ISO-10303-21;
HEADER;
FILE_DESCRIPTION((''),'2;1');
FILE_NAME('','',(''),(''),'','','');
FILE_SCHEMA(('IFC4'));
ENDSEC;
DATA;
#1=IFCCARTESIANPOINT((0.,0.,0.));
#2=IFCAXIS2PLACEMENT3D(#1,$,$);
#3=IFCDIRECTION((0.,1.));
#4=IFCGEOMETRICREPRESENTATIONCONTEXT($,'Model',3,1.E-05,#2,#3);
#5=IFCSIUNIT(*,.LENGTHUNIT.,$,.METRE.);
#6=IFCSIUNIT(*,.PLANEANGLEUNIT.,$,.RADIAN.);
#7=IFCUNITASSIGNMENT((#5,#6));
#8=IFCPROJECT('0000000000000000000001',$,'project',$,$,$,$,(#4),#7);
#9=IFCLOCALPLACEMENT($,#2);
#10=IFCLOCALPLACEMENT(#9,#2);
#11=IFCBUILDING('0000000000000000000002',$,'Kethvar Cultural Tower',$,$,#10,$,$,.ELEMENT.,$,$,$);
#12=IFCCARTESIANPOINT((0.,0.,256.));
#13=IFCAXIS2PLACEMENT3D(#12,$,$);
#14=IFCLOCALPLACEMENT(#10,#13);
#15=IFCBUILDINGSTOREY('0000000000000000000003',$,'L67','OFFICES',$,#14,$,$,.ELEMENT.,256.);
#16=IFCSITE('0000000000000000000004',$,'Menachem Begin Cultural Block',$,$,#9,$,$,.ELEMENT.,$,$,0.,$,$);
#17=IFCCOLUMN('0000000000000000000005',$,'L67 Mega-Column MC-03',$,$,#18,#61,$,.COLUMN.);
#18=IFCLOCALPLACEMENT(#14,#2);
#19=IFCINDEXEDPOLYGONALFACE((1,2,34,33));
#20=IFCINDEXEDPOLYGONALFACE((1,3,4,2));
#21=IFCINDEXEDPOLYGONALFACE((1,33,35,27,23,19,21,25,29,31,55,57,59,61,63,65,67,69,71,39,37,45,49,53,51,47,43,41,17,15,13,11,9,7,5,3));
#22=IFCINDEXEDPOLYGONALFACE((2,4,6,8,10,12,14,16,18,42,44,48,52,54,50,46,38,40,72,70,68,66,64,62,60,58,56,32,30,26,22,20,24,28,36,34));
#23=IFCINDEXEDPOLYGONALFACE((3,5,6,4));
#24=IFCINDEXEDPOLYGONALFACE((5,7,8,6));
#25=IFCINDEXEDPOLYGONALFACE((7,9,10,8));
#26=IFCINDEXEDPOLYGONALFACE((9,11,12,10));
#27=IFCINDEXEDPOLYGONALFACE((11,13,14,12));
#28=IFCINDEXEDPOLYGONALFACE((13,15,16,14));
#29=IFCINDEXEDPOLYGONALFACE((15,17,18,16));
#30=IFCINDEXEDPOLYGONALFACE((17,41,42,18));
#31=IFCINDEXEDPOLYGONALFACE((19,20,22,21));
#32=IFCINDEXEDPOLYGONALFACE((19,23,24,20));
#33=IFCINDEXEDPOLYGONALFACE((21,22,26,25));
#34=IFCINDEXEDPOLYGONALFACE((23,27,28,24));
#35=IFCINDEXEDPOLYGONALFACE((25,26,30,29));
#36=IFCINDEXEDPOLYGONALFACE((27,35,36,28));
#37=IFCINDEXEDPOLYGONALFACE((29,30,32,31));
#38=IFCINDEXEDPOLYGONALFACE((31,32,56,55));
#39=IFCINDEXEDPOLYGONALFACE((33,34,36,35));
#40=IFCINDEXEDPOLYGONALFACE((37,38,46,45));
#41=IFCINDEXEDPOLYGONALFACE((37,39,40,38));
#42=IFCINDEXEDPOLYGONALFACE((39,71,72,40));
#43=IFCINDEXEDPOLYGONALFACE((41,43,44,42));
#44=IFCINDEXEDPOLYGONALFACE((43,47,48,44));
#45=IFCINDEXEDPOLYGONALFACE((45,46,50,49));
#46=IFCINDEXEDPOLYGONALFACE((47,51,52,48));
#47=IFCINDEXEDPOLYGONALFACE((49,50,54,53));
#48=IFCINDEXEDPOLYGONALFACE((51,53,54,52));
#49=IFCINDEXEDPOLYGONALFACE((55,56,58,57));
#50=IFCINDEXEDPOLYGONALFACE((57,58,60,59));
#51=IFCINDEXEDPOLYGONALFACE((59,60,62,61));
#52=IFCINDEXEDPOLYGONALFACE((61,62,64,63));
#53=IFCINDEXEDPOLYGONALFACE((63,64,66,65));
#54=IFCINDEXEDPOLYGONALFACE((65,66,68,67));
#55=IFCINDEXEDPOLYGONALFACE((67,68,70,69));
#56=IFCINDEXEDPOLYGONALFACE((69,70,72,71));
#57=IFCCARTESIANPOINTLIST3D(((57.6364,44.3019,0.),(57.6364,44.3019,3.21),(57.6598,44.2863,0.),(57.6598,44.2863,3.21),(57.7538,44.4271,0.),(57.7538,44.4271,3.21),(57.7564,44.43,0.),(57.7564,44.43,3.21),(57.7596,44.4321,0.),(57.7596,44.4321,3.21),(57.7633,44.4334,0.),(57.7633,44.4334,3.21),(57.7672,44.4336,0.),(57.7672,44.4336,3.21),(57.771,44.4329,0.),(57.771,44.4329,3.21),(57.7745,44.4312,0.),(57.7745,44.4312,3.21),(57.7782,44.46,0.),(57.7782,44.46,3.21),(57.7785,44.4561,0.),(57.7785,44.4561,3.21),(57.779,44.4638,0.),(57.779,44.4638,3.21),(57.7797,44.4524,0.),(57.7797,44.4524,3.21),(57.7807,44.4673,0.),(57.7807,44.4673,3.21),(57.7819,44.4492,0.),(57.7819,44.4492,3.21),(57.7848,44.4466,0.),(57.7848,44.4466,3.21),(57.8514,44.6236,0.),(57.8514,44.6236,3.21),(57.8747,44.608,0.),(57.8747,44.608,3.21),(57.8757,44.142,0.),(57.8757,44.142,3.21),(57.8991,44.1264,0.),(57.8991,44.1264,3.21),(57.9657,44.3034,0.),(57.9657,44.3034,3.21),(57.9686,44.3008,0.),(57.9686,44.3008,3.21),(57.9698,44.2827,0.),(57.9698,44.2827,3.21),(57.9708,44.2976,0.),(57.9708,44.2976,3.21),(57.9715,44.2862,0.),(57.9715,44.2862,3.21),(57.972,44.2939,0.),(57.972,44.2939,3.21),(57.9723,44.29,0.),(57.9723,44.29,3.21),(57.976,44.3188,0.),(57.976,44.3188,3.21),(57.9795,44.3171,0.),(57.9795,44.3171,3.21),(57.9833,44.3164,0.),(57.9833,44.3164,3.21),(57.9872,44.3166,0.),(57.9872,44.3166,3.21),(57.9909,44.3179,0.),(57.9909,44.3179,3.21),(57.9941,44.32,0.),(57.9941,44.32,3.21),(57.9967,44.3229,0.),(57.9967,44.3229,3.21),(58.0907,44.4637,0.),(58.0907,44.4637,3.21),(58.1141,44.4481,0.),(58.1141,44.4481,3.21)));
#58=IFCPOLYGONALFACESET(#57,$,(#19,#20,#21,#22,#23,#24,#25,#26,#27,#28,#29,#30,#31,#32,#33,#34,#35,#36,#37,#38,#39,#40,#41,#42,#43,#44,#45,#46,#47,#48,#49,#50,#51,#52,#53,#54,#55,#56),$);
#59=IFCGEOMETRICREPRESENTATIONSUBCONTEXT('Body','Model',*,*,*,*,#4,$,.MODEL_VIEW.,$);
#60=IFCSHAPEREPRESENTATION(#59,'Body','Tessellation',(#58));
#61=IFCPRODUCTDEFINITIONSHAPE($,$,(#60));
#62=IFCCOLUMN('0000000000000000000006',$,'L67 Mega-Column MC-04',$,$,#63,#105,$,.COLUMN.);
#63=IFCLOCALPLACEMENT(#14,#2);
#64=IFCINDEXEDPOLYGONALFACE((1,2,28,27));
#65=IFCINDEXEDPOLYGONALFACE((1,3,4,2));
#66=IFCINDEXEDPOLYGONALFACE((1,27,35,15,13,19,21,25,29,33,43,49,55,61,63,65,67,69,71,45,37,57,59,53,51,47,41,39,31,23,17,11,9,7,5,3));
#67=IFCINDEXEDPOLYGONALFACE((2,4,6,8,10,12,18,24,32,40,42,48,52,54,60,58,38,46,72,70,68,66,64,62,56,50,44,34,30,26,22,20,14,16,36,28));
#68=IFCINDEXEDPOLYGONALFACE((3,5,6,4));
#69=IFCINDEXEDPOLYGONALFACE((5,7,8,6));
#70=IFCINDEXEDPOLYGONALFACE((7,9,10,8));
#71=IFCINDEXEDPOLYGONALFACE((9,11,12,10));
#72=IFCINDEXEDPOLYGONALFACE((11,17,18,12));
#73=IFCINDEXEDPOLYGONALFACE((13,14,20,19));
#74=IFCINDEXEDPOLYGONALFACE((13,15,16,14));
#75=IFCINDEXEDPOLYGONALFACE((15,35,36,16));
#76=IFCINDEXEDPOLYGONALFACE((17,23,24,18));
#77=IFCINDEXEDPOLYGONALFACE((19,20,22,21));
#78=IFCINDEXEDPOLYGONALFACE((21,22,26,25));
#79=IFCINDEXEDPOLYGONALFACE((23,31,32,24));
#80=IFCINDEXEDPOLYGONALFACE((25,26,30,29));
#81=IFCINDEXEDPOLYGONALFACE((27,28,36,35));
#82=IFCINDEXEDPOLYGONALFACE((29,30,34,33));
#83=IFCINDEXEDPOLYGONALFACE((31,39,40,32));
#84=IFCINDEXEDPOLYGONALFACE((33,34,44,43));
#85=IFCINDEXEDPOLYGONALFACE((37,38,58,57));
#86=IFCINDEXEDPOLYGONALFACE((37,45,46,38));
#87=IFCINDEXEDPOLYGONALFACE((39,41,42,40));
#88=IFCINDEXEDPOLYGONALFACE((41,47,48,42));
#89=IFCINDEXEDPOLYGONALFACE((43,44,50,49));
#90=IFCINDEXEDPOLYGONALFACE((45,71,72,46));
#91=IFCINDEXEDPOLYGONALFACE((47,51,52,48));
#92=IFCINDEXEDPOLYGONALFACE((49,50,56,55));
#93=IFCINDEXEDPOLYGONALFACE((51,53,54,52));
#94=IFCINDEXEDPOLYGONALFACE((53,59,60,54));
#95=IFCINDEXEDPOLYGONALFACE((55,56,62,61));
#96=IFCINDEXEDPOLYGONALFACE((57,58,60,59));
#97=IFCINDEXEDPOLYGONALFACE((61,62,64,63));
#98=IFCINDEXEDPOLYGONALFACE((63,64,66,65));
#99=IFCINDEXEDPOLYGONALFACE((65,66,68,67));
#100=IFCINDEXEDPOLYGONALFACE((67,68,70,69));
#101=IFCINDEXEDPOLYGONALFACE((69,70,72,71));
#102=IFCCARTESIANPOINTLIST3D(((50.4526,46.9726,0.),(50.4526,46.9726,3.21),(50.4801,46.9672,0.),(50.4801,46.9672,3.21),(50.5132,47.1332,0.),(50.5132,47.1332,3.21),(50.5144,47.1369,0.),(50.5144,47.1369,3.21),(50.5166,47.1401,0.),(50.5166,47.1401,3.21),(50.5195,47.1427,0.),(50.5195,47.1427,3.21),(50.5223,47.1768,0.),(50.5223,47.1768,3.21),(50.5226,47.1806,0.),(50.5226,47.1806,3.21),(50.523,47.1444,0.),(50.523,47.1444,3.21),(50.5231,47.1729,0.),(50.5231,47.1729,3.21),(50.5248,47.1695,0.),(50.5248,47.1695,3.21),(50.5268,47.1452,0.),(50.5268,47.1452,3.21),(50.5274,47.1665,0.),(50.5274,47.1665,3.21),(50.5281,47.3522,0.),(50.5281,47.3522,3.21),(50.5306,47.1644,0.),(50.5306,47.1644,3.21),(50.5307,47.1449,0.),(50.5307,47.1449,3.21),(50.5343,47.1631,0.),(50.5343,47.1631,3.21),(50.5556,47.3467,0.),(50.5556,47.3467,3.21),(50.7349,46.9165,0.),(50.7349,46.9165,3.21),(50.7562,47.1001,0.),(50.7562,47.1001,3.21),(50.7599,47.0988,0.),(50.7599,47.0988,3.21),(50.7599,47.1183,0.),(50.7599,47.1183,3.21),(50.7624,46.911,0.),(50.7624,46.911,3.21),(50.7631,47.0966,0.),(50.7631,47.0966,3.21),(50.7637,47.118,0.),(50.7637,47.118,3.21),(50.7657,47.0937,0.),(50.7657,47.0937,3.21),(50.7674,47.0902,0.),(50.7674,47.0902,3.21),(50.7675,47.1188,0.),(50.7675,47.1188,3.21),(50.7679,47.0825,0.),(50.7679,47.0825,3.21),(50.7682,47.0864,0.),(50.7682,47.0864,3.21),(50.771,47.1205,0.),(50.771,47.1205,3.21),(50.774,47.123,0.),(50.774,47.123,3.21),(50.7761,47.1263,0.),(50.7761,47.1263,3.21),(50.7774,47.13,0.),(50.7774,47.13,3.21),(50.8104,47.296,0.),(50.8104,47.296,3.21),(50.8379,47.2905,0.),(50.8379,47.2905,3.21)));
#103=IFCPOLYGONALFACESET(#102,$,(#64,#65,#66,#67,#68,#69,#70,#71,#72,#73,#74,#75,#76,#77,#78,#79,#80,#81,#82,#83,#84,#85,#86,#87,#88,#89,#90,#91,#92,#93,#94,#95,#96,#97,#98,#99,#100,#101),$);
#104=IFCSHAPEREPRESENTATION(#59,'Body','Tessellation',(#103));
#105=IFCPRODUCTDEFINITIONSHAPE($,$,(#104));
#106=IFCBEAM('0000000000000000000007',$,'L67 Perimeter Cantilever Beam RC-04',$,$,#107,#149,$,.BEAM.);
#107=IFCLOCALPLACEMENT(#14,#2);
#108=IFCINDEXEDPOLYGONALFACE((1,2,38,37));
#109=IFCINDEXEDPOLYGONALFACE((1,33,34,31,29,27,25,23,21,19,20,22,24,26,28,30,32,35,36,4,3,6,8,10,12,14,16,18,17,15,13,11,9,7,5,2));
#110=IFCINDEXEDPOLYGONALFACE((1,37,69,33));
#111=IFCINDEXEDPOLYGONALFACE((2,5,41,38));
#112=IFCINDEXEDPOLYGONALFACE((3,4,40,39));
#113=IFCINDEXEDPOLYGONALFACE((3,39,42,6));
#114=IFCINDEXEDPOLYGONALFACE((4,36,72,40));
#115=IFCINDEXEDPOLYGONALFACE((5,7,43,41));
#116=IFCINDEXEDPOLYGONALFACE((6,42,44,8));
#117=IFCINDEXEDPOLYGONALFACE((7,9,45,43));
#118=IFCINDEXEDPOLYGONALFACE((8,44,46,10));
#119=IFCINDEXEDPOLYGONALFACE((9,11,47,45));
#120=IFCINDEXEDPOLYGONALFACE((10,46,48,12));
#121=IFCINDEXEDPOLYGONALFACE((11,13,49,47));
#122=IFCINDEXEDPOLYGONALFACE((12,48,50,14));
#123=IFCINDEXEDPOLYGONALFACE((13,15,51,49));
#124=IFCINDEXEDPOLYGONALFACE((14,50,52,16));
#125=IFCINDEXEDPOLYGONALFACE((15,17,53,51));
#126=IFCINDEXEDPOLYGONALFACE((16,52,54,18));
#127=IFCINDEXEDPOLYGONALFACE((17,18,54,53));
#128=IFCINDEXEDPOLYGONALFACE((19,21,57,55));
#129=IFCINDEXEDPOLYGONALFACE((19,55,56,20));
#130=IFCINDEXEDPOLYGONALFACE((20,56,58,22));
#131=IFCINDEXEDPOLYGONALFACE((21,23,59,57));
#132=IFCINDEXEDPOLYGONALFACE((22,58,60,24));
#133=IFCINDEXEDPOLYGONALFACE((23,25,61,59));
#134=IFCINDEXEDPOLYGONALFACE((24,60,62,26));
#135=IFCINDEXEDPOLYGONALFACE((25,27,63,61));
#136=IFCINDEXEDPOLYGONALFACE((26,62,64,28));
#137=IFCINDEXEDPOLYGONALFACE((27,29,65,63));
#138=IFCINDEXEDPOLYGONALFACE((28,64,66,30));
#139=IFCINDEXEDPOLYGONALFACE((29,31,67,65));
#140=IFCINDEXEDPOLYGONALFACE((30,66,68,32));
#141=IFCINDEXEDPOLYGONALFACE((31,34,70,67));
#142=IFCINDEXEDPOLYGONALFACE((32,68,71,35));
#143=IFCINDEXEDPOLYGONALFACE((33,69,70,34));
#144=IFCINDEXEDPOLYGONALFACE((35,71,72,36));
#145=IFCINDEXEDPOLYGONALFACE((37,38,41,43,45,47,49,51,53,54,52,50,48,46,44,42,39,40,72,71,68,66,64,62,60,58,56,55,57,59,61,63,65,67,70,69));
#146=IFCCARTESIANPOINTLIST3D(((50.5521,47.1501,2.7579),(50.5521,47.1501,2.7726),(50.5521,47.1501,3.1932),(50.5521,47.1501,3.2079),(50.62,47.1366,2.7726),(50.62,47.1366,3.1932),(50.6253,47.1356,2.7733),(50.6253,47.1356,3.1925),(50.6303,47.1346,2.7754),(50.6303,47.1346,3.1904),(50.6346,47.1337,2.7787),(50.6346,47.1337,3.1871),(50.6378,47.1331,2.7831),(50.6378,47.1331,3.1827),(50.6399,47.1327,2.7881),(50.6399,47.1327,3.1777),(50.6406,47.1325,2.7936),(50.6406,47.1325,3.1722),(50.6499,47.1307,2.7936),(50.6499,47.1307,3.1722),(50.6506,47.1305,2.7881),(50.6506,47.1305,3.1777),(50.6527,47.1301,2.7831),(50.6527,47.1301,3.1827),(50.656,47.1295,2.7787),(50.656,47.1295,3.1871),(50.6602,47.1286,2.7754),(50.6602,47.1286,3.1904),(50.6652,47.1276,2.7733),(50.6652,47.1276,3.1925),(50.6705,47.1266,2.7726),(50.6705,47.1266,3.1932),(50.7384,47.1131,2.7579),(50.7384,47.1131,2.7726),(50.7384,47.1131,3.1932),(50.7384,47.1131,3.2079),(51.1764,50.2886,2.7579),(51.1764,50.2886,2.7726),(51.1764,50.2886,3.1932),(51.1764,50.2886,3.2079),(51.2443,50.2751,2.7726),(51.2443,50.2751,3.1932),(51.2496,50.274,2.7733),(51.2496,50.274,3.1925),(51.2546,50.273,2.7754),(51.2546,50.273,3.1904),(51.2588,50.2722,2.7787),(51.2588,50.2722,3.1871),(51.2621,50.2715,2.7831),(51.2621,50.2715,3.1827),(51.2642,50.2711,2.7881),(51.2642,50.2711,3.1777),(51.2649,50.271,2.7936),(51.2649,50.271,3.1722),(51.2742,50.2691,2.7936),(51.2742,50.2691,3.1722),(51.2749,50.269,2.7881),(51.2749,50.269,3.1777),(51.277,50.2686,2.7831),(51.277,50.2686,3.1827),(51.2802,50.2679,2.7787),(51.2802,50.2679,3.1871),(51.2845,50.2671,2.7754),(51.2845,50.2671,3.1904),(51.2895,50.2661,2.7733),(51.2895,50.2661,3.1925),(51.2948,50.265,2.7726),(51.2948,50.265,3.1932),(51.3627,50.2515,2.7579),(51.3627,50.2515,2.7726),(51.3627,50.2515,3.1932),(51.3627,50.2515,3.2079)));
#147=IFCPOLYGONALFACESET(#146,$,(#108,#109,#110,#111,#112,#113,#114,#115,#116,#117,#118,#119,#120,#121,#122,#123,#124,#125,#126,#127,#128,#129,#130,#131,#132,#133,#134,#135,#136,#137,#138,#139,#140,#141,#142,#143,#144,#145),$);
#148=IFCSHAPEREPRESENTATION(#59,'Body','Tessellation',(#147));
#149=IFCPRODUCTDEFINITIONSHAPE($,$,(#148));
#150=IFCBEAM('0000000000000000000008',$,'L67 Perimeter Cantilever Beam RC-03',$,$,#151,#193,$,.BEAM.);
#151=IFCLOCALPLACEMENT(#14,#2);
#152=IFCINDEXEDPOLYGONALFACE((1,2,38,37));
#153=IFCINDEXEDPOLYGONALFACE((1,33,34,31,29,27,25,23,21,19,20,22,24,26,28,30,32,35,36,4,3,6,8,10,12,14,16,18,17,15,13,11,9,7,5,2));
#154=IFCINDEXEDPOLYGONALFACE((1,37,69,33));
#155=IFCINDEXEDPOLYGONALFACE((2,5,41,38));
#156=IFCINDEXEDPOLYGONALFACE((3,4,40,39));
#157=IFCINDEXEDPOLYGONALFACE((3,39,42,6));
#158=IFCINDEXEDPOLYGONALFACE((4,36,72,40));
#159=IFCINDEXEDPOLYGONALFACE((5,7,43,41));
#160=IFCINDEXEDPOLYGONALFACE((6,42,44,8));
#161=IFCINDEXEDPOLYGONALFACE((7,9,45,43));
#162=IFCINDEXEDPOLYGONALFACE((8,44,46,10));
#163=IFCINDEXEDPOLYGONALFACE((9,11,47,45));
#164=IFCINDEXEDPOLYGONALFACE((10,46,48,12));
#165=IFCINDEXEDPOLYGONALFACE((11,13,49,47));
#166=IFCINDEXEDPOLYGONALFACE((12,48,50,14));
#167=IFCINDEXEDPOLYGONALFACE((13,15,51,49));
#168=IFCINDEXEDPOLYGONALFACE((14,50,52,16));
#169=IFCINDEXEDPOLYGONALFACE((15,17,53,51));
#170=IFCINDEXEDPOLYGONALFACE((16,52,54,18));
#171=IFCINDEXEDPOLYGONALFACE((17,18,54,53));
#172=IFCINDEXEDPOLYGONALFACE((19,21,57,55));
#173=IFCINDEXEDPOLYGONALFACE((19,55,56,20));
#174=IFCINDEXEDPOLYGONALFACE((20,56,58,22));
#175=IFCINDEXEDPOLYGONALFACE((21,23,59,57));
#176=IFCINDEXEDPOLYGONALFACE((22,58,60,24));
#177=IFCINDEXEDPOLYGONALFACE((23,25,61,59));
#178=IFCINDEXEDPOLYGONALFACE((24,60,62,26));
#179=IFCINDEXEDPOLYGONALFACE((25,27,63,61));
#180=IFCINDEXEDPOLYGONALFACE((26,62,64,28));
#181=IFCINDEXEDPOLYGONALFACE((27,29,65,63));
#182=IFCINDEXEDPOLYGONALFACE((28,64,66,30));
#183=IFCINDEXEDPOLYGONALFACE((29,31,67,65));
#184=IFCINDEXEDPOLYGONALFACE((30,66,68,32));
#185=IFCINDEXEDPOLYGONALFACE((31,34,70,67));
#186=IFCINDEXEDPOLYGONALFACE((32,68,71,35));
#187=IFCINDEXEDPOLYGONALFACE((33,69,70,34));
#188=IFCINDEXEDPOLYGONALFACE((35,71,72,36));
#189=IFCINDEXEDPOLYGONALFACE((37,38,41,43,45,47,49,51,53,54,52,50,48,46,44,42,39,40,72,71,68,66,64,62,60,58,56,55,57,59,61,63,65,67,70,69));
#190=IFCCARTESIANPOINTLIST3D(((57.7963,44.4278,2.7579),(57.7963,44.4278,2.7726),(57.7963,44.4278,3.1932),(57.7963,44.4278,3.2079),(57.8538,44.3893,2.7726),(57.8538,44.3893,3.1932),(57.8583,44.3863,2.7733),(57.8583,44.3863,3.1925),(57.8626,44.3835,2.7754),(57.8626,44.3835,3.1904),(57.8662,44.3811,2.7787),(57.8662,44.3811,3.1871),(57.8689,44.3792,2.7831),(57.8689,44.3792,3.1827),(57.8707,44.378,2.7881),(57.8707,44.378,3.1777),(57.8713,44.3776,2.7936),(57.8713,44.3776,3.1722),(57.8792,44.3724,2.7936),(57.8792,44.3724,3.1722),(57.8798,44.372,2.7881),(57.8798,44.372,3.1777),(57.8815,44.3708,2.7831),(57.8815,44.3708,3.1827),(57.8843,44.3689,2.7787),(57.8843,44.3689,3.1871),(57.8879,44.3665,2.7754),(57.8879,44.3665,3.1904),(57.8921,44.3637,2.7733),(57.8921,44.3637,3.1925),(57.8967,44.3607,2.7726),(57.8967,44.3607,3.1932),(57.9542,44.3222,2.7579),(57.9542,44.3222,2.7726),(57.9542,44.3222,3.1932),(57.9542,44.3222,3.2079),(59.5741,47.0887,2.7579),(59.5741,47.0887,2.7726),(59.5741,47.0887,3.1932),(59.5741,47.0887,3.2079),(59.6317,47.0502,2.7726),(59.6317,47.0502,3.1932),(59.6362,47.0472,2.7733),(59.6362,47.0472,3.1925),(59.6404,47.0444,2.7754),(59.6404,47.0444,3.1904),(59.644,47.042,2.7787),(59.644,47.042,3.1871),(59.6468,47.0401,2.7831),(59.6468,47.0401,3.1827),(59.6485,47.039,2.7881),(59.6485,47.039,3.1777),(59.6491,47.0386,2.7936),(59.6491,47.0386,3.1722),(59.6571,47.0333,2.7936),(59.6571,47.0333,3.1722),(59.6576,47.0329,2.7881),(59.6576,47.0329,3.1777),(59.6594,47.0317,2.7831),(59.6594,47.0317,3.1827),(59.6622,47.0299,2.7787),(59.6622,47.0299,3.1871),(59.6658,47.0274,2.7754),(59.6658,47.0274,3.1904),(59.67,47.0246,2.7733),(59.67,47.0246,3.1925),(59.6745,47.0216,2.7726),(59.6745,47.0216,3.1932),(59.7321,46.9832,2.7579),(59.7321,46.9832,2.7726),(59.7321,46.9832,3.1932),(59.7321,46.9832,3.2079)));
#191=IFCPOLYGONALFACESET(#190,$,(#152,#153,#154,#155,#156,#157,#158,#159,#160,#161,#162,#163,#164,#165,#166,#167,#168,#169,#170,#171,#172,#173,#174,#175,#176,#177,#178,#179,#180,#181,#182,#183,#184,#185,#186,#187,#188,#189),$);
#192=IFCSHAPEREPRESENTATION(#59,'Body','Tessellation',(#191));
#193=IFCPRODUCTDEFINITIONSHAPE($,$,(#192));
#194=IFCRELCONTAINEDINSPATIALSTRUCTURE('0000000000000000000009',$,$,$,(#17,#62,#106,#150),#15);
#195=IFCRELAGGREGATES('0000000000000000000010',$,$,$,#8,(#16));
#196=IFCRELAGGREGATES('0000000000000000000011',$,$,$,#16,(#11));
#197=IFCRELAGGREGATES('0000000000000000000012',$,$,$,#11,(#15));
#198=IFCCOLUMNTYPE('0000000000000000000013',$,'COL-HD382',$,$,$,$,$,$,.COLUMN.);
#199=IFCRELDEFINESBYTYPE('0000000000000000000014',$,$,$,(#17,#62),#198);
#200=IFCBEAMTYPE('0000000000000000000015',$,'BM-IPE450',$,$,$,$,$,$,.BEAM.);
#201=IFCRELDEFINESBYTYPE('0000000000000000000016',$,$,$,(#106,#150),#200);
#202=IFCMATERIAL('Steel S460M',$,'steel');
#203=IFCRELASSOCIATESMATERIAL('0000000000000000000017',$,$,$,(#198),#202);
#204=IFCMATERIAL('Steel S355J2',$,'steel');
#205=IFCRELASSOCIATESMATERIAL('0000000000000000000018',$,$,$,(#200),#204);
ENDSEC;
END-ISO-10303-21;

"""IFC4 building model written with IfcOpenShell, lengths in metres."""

from ifc_helpers import new_model, si_unit, direction, frame, origin, origin_2d, place, context, subcontext, project, spatial, i_section, extrude, source, transform, mapped, material, material_profile, profile_set, type_object, element, save


model = new_model("IFC4")

# Units and contexts
model_context = context("Model", 3, precision=1e-05, world=origin(), true_north=direction((0.0, 1.0)))
body_context = subcontext(model_context, "Body", "Model", "MODEL_VIEW")
ifc_project = project(units=[si_unit("LENGTHUNIT", "METRE"), si_unit("PLANEANGLEUNIT", "RADIAN")], contexts=[model_context])

# Site, building, storey
site_placement = place(None, origin())
site = spatial("IfcSite", under=ifc_project, at=site_placement, Name="Menachem Begin Cultural Block", CompositionType="ELEMENT", RefElevation=0.0)
building_placement = place(site_placement, origin())
building = spatial("IfcBuilding", under=site, at=building_placement, Name="Kethvar Cultural Tower", CompositionType="ELEMENT")
storey_placement = place(building_placement, frame((0.0, 0.0, 256.0)))
storey = spatial("IfcBuildingStorey", under=building, at=storey_placement, Name="L67", Description="OFFICES", CompositionType="ELEMENT", Elevation=256.0)

# Columns
ifc_material_1 = material(Name="Steel S460M", Category="steel")
ifc_material_profile_1 = material_profile(ifc_material_1, i_section(OverallWidth=0.387, OverallDepth=0.3159, WebThickness=0.0186, FlangeThickness=0.0281, FilletRadius=0.0149, at=origin_2d()), Name="Steel S460M — HD400x382")
ifc_profile_set_1 = profile_set([ifc_material_profile_1], Name="Steel S460M — HD400x382")
column_type = type_object("IfcColumnType", Name="COL-HD382", PredefinedType="COLUMN", material=ifc_profile_set_1)
shared_shape_1 = source(origin(), body_context, "Body", "SweptSolid", [
    extrude(i_section(OverallWidth=0.387, OverallDepth=0.3159, WebThickness=0.0186, FlangeThickness=0.0281, FilletRadius=0.0149, at=origin_2d()), origin(), (0.0, 0.0, 1.0), 3.21),
])
for number, where, z_axis, x_axis, name in (
    (1, (57.8752, 44.375, 0.0), (0.0, 0.0, 1.0), (0.55557, 0.83147, 0.0), "L67 Mega-Column MC-03"),
    (2, (50.6453, 47.1316, 0.0), (0.0, 0.0, 1.0), (0.19509, 0.980785, 0.0), "L67 Mega-Column MC-04"),
):
    element("IfcColumn", number, at=place(storey_placement, frame(where, z_axis=z_axis, x_axis=x_axis)), inside=storey, type_object=column_type, Name=name, PredefinedType="COLUMN", context=body_context, shape_type="MappedRepresentation", body=[
        mapped(shared_shape_1, transform((0.0, 0.0, 0.0), scale=1.0)),
    ])

# Beams
ifc_material_2 = material(Name="Steel S355J2", Category="steel")
ifc_material_profile_2 = material_profile(ifc_material_2, i_section(OverallWidth=0.1899, OverallDepth=0.45, WebThickness=0.0095, FlangeThickness=0.0146, FilletRadius=0.021, at=origin_2d()), Name="Steel S355J2 — IPE450")
ifc_profile_set_2 = profile_set([ifc_material_profile_2], Name="Steel S355J2 — IPE450")
beam_type_1 = type_object("IfcBeamType", Name="BM-IPE450", PredefinedType="BEAM", material=ifc_profile_set_2)
shared_shape_2 = source(origin(), body_context, "Body", "SweptSolid", [
    extrude(i_section(OverallWidth=0.1899, OverallDepth=0.45, WebThickness=0.0095, FlangeThickness=0.0146, FilletRadius=0.021, at=origin_2d()), origin(), (0.0, 0.0, 1.0), 3.2),
])
beam_1_placement = place(storey_placement, frame((50.6453, 47.1316, 2.9829), z_axis=(0.195089, 0.980786, 0.0), x_axis=(-0.980786, 0.195089, 0.0)))
element("IfcBeam", 3, at=beam_1_placement, inside=storey, type_object=beam_type_1, Name="L67 Perimeter Cantilever Beam RC-04", PredefinedType="BEAM", context=body_context, shape_type="MappedRepresentation", body=[
    mapped(shared_shape_2, transform((0.0, 0.0, 0.0), scale=1.0)),
])
shared_shape_3 = source(origin(), body_context, "Body", "SweptSolid", [
    extrude(i_section(OverallWidth=0.1899, OverallDepth=0.45, WebThickness=0.0095, FlangeThickness=0.0146, FilletRadius=0.021, at=origin_2d()), origin(), (0.0, 0.0, 1.0), 3.2002),
])
beam_2_placement = place(storey_placement, frame((57.8752, 44.375, 2.9829), z_axis=(0.555545, 0.831486, 0.0), x_axis=(-0.831486, 0.555545, 0.0)))
element("IfcBeam", 4, at=beam_2_placement, inside=storey, type_object=beam_type_1, Name="L67 Perimeter Cantilever Beam RC-03", PredefinedType="BEAM", context=body_context, shape_type="MappedRepresentation", body=[
    mapped(shared_shape_3, transform((0.0, 0.0, 0.0), scale=1.0)),
])

save(model, "model.ifc")
